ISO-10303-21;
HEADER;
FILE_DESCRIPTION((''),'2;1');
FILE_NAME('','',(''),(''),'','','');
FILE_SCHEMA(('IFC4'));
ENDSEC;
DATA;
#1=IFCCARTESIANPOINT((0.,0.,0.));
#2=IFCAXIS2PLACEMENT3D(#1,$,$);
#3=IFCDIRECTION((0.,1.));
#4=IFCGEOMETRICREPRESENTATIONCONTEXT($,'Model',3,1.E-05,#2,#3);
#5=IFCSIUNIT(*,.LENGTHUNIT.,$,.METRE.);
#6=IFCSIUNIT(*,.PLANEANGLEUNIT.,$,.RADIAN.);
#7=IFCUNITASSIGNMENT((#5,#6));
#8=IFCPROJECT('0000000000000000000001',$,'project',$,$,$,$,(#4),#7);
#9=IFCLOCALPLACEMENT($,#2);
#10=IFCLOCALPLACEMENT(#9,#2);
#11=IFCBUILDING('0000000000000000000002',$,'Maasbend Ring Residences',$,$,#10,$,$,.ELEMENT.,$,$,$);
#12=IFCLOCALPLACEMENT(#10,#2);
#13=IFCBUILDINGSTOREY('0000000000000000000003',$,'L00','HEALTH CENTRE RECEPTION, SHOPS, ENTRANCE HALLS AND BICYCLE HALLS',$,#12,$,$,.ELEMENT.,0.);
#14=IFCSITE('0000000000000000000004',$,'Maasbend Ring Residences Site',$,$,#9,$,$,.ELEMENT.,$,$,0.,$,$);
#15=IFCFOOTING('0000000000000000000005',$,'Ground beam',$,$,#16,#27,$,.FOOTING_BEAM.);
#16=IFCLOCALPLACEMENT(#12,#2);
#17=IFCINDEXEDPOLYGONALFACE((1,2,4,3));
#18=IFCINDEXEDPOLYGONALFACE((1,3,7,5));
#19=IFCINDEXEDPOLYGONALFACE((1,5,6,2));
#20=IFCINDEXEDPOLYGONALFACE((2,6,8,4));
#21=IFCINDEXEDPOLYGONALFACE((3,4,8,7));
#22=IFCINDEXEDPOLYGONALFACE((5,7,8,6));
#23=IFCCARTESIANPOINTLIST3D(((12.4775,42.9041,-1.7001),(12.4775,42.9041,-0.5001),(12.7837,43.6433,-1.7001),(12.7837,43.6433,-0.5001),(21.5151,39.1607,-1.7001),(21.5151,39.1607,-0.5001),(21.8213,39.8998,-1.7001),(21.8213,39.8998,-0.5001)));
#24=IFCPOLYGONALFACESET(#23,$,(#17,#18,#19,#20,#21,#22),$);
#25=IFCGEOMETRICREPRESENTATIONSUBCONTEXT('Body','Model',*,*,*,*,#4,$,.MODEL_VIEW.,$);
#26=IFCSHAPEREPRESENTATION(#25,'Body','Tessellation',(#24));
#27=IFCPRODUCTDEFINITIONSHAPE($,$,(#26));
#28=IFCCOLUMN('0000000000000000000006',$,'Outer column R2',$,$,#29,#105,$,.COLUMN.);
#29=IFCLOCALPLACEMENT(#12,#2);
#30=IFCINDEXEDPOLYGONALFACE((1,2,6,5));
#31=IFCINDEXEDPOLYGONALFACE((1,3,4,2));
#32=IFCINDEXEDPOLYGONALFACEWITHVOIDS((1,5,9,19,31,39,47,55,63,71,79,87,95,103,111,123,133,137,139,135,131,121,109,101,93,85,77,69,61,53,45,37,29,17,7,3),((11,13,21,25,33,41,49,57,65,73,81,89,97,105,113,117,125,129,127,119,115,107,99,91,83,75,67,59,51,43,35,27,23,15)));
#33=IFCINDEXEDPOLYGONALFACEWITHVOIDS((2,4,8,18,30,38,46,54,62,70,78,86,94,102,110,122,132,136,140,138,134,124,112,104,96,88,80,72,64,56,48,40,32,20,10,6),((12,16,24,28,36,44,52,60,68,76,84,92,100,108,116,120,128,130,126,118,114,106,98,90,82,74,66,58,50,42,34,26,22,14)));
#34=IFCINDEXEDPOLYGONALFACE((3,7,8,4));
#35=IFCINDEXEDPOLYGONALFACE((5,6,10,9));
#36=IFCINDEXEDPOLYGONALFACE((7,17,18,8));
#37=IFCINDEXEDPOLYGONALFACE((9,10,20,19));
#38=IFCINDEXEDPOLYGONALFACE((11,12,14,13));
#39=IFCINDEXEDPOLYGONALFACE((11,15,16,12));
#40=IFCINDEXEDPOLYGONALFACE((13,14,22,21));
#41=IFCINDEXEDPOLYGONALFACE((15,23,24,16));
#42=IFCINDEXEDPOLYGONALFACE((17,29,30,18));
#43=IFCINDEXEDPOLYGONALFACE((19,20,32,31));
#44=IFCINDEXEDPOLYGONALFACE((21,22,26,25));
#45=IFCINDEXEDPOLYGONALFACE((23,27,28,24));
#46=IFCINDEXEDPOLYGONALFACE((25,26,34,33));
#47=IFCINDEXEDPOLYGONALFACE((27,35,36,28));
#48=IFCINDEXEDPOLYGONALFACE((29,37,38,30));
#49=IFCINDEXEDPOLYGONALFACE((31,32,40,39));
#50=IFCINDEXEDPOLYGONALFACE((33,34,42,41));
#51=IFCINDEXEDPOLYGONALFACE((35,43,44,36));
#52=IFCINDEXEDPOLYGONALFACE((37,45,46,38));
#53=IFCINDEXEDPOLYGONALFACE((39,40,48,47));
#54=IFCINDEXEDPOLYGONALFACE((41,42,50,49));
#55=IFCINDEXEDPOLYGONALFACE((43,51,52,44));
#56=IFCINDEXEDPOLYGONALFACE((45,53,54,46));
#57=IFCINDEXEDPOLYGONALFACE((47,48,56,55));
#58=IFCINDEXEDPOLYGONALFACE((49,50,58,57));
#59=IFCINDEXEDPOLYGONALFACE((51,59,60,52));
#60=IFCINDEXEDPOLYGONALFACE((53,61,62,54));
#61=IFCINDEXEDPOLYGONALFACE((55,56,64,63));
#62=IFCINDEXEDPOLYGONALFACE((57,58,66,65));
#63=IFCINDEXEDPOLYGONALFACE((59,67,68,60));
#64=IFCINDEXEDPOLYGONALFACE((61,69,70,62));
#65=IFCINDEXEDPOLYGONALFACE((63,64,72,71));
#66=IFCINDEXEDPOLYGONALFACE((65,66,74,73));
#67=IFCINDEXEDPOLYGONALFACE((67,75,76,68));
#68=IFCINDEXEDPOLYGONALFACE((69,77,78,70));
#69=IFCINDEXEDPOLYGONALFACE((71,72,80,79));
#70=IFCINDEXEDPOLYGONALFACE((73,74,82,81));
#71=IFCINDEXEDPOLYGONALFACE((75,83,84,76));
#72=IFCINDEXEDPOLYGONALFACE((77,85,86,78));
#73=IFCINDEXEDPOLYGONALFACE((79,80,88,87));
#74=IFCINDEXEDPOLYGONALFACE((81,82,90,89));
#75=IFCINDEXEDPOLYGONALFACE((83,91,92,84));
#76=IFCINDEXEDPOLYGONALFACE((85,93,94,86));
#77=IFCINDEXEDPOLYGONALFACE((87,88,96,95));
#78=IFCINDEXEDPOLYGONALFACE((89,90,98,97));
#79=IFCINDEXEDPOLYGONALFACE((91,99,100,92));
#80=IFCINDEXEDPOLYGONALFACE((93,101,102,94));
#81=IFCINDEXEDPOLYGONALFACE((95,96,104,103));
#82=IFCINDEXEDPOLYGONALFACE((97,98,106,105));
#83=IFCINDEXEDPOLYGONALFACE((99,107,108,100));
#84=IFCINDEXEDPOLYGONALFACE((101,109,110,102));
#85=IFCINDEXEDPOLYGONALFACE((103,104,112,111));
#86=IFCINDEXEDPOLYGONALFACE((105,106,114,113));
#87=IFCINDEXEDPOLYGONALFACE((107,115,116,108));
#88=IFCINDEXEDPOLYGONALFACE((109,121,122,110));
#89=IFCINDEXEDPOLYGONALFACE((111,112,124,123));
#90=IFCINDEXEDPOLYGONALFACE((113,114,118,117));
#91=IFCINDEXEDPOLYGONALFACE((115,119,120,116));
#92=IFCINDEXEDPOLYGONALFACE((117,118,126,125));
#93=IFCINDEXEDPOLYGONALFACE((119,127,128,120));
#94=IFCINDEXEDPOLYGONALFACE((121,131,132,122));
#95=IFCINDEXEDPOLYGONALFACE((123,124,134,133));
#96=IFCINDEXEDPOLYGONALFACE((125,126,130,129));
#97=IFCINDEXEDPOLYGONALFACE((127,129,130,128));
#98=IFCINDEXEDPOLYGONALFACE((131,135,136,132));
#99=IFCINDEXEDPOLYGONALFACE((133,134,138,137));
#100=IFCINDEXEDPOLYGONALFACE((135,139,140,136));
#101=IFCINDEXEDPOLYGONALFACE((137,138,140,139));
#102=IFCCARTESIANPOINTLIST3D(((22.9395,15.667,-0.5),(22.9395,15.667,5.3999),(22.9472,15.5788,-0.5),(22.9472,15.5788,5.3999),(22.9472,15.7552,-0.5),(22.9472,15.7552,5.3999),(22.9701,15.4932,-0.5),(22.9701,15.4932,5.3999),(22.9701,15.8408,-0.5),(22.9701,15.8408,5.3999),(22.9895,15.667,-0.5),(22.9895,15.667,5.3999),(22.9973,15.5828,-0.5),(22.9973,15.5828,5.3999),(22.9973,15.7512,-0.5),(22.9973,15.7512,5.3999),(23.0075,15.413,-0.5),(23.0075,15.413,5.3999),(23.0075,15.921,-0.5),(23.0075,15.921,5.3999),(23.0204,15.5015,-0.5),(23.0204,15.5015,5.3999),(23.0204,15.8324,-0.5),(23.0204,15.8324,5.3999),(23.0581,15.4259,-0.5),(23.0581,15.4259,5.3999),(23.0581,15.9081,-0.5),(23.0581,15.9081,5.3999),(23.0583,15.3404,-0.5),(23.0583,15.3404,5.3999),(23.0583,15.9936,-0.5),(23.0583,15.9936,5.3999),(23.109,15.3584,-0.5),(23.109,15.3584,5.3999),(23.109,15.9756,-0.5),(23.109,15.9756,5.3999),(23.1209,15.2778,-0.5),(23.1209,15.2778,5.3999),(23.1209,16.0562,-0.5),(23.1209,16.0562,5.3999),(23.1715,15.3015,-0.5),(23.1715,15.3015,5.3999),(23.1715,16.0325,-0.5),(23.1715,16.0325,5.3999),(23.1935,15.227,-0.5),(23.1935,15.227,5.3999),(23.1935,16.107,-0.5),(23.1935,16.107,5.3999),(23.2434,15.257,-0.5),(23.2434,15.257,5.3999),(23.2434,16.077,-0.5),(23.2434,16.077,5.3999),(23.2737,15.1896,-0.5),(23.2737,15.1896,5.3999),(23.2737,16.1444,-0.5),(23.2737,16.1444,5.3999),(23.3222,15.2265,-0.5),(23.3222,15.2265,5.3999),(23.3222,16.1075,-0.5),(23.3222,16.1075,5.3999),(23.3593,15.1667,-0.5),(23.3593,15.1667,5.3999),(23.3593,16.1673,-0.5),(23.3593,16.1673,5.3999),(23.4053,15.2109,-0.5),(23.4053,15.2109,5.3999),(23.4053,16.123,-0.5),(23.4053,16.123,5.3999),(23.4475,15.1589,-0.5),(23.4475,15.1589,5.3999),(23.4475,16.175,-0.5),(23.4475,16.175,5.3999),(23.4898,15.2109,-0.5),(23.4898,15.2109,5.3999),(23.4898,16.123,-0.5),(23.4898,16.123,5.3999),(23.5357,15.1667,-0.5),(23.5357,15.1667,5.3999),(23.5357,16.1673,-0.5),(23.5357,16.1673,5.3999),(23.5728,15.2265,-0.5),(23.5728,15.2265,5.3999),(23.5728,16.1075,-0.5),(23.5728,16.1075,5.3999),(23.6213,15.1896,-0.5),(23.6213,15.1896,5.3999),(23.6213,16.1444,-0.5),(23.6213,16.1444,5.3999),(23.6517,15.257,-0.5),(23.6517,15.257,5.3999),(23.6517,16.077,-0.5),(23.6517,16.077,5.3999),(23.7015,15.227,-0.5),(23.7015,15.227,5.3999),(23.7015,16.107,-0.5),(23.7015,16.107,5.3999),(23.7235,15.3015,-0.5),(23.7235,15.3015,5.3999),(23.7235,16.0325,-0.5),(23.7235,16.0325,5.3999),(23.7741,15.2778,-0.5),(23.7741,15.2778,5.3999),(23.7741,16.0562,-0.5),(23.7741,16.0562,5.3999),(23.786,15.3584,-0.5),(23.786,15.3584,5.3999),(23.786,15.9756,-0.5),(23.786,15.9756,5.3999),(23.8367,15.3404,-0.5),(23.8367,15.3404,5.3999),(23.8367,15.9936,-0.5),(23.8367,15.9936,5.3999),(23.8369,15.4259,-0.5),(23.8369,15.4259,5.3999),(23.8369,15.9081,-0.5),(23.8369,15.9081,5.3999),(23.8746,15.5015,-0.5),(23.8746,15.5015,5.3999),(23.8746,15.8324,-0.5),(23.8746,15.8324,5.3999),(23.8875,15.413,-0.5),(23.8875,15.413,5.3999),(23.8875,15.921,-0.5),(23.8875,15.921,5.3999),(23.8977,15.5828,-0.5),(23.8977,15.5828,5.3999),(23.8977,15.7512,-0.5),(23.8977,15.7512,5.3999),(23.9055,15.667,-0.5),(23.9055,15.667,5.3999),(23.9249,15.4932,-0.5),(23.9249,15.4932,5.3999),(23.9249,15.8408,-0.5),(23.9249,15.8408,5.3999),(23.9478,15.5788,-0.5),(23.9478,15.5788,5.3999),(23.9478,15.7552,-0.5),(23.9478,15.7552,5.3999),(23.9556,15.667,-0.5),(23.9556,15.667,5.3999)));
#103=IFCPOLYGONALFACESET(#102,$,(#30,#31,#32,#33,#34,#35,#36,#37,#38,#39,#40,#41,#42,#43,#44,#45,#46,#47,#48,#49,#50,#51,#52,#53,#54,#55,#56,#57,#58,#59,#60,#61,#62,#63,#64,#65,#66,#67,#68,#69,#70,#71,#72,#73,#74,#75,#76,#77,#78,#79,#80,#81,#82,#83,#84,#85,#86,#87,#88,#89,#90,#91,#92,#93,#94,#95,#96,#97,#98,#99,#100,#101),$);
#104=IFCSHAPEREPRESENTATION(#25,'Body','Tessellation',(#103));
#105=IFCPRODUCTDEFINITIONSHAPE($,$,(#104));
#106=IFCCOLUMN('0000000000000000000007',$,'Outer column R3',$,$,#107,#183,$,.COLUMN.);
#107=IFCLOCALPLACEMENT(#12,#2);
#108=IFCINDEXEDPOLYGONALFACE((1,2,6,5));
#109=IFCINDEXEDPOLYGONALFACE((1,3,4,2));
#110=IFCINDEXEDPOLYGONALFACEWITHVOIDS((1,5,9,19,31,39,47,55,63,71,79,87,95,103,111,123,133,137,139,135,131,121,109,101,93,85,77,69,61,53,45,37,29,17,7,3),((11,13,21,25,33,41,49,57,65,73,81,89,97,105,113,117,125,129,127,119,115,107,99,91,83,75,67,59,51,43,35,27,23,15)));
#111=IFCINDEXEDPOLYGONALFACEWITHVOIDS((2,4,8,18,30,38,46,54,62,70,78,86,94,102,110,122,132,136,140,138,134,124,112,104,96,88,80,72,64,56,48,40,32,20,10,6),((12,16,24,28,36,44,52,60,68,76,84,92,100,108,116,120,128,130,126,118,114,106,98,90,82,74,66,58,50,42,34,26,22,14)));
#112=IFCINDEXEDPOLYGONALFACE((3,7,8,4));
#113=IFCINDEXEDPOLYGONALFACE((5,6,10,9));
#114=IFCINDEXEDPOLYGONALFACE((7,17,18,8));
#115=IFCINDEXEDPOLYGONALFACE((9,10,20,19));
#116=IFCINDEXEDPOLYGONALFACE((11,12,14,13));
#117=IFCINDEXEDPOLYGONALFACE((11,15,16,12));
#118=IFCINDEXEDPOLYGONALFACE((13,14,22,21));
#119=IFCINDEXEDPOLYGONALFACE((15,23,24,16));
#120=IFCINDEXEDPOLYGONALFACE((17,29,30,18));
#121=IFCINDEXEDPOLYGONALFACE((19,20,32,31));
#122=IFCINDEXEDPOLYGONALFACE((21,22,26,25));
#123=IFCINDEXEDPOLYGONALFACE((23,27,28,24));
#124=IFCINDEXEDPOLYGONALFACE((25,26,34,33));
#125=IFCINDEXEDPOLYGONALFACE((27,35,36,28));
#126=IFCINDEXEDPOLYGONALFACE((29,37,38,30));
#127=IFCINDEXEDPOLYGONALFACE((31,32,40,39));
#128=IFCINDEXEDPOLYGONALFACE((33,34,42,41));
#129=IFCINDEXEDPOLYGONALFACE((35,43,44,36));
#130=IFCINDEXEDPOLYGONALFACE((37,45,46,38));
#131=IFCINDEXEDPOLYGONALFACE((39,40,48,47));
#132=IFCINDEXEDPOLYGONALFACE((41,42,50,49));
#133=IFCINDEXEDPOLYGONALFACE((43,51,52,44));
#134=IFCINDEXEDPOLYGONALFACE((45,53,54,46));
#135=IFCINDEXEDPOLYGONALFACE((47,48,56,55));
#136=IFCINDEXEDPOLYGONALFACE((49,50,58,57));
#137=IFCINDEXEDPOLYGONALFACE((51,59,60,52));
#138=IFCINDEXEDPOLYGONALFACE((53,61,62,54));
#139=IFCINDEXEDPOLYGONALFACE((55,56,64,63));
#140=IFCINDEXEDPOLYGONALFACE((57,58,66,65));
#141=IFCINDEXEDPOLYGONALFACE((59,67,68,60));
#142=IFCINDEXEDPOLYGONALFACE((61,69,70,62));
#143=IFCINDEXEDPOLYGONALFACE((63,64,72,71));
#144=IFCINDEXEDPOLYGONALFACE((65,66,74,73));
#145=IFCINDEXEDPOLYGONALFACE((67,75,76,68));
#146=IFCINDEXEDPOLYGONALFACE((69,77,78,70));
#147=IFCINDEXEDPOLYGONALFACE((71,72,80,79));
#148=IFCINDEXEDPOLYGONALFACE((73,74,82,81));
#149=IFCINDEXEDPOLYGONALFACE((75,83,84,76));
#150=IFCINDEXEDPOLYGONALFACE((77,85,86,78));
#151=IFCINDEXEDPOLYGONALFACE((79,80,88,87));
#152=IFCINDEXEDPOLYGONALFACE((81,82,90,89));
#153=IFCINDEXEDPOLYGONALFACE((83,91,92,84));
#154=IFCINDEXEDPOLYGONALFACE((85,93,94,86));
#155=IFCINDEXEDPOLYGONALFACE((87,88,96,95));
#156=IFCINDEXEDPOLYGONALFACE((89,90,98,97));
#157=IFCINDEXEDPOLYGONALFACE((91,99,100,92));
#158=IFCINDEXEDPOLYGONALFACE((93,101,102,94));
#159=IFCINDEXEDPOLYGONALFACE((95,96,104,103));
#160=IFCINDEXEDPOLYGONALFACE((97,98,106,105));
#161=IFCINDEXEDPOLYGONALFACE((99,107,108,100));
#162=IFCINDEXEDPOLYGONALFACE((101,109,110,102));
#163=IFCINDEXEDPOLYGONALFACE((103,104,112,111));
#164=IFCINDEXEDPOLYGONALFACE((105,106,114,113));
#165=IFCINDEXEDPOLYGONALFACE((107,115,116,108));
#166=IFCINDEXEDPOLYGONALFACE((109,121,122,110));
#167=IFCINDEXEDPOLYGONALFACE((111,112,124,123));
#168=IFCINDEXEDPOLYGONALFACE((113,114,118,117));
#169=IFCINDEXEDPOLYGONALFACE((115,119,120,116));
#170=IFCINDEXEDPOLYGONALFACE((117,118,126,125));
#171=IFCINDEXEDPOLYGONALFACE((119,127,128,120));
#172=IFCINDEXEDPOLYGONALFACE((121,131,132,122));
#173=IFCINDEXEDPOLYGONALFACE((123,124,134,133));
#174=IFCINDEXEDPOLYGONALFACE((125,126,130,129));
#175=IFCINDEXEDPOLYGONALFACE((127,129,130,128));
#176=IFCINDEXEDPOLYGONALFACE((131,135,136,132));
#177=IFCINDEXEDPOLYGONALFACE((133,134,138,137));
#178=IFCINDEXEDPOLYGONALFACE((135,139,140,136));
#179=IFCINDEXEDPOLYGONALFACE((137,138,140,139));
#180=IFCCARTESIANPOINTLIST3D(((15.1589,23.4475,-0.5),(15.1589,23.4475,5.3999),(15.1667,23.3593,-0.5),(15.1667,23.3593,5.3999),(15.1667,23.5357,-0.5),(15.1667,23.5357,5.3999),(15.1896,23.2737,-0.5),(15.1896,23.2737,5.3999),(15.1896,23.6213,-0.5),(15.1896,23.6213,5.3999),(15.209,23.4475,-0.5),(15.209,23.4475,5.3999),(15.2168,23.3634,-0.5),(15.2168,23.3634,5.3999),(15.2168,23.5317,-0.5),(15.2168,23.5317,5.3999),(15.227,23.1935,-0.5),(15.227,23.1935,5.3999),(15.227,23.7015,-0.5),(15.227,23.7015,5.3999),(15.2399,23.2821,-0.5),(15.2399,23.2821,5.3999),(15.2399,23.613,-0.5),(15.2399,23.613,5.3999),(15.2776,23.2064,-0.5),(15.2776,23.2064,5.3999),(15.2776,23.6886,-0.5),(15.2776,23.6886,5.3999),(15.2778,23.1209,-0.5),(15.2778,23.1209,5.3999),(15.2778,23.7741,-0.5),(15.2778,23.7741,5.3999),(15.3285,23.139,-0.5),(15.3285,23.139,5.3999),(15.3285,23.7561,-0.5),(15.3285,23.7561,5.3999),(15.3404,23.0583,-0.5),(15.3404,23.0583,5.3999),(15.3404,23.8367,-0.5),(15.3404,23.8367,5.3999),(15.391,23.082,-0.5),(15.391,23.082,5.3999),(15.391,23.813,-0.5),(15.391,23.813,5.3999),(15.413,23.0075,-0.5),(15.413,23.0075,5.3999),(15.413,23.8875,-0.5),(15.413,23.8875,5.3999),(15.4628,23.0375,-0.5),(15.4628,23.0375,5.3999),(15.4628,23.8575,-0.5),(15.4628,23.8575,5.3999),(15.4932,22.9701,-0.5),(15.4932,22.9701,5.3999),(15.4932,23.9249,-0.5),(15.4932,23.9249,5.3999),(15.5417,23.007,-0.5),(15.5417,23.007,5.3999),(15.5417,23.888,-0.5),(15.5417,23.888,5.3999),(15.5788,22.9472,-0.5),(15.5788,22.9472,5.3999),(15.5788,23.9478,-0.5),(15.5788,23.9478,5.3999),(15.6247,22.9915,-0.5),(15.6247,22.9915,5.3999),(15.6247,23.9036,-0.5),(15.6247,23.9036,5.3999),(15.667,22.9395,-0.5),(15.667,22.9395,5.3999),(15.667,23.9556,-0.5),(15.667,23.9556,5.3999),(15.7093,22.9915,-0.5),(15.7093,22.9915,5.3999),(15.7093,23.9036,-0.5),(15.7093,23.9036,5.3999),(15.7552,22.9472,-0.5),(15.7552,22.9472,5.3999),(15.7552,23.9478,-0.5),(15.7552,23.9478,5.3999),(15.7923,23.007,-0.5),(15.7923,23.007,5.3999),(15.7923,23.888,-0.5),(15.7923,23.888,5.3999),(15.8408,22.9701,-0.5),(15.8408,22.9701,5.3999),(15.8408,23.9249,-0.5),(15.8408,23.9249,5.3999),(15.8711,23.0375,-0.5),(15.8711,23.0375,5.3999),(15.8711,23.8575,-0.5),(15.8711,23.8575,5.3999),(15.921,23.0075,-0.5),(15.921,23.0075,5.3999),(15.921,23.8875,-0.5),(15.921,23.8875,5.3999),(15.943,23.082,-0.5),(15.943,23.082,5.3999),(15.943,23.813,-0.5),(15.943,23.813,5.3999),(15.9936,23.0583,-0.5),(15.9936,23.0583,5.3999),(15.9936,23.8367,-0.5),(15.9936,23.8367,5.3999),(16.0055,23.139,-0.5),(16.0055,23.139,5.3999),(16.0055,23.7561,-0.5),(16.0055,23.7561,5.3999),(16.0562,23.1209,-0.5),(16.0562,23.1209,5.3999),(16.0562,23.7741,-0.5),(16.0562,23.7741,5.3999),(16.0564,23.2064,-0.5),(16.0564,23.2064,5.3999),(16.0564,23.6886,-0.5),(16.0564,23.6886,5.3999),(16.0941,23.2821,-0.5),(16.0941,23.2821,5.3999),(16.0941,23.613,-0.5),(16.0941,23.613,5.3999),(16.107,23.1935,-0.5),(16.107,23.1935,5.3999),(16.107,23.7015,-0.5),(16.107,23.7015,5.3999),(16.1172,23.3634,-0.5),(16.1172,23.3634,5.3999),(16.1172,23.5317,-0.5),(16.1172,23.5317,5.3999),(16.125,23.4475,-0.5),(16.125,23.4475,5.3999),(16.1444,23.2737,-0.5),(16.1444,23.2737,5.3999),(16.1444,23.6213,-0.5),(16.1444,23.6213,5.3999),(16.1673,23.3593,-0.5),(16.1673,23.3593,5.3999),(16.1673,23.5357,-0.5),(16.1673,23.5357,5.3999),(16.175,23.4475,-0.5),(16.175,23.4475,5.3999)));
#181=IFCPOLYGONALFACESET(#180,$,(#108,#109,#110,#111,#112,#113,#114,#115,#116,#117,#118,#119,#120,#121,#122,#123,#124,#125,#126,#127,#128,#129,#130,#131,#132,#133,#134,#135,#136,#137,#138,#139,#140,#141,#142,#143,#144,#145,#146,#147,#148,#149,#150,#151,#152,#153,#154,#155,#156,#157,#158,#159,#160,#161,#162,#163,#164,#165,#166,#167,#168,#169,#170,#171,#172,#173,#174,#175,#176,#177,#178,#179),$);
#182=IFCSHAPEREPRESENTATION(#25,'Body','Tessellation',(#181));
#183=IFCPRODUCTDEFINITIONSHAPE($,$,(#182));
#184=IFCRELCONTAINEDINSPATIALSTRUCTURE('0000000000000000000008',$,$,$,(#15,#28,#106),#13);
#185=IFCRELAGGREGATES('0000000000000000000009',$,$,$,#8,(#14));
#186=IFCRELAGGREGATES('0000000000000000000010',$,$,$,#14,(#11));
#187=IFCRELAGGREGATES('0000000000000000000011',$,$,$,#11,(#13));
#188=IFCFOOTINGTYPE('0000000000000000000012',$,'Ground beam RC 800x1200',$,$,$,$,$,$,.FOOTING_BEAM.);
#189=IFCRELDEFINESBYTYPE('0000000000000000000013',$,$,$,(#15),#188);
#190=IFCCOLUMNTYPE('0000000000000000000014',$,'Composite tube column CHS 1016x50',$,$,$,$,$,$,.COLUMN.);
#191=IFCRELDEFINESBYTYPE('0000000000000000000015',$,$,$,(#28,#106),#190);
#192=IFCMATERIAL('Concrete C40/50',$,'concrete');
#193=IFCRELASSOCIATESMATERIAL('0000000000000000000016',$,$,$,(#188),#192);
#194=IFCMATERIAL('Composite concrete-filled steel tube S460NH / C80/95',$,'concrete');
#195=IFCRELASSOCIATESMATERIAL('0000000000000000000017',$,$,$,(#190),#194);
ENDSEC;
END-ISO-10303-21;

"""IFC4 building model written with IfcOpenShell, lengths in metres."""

from ifc_helpers import new_model, si_unit, direction, frame, origin, origin_2d, place, context, subcontext, project, spatial, rectangle, hollow_circle, extrude, material, material_profile, profile_set, type_object, element, save


model = new_model("IFC4")

# Units and contexts
model_context = context("Model", 3, precision=1e-05, world=origin(), true_north=direction((0.0, 1.0)))
body_context = subcontext(model_context, "Body", "Model", "MODEL_VIEW")
ifc_project = project(units=[si_unit("LENGTHUNIT", "METRE"), si_unit("PLANEANGLEUNIT", "RADIAN")], contexts=[model_context])

# Site, building, storey
site_placement = place(None, origin())
site = spatial("IfcSite", under=ifc_project, at=site_placement, Name="Maasbend Ring Residences Site", CompositionType="ELEMENT", RefElevation=0.0)
building_placement = place(site_placement, origin())
building = spatial("IfcBuilding", under=site, at=building_placement, Name="Maasbend Ring Residences", CompositionType="ELEMENT")
storey_placement = place(building_placement, origin())
storey = spatial("IfcBuildingStorey", under=building, at=storey_placement, Name="L00", Description="HEALTH CENTRE RECEPTION, SHOPS, ENTRANCE HALLS AND BICYCLE HALLS", CompositionType="ELEMENT", Elevation=0.0)

# Footing
ifc_material_1 = material(Name="Concrete C40/50", Category="concrete")
ifc_material_profile_1 = material_profile(ifc_material_1, rectangle(XDim=0.8, YDim=1.2, at=origin_2d()), Name="Ground beam RC 800x1200")
ifc_profile_set_1 = profile_set([ifc_material_profile_1], Name="Concrete C40/50")
footing_type = type_object("IfcFootingType", Name="Ground beam RC 800x1200", PredefinedType="FOOTING_BEAM", material=ifc_profile_set_1)
footing_1_placement = place(storey_placement, frame((21.6682, 39.5303, -1.1001), z_axis=(-0.923883, 0.382676, 0.0), x_axis=(-0.382676, -0.923883, 0.0)))
element("IfcFooting", 1, at=footing_1_placement, inside=storey, type_object=footing_type, Name="Ground beam", PredefinedType="FOOTING_BEAM", context=body_context, shape_type="SweptSolid", body=[
    extrude(rectangle(XDim=0.8, YDim=1.2, at=origin_2d()), origin(), (0.0, 0.0, 1.0), 9.7822),
])

# Columns
ifc_material_2 = material(Name="Composite concrete-filled steel tube S460NH / C80/95", Category="concrete")
ifc_material_profile_2 = material_profile(ifc_material_2, hollow_circle(Radius=0.5081, WallThickness=0.05, at=origin_2d()), Name="Composite tube column CHS 1016x50")
ifc_profile_set_2 = profile_set([ifc_material_profile_2], Name="Composite concrete-filled steel tube S460NH / C80/95")
column_type_1 = type_object("IfcColumnType", Name="Composite tube column CHS 1016x50", PredefinedType="COLUMN", material=ifc_profile_set_2)
for number, where, z_axis, x_axis, name in (
    (2, (23.4475, 15.667, -0.5), (0.0, 0.0, 1.0), (1.0, 0.0, 0.0), "Outer column R2"),
    (3, (15.667, 23.4475, -0.5), (0.0, 0.0, 1.0), (1.0, 0.0, 0.0), "Outer column R3"),
):
    element("IfcColumn", number, at=place(storey_placement, frame(where, z_axis=z_axis, x_axis=x_axis)), inside=storey, type_object=column_type_1, Name=name, PredefinedType="COLUMN", context=body_context, shape_type="SweptSolid", body=[
        extrude(hollow_circle(Radius=0.5081, WallThickness=0.05, at=origin_2d()), origin(), (0.0, 0.0, 1.0), 5.8999),
    ])

save(model, "model.ifc")
